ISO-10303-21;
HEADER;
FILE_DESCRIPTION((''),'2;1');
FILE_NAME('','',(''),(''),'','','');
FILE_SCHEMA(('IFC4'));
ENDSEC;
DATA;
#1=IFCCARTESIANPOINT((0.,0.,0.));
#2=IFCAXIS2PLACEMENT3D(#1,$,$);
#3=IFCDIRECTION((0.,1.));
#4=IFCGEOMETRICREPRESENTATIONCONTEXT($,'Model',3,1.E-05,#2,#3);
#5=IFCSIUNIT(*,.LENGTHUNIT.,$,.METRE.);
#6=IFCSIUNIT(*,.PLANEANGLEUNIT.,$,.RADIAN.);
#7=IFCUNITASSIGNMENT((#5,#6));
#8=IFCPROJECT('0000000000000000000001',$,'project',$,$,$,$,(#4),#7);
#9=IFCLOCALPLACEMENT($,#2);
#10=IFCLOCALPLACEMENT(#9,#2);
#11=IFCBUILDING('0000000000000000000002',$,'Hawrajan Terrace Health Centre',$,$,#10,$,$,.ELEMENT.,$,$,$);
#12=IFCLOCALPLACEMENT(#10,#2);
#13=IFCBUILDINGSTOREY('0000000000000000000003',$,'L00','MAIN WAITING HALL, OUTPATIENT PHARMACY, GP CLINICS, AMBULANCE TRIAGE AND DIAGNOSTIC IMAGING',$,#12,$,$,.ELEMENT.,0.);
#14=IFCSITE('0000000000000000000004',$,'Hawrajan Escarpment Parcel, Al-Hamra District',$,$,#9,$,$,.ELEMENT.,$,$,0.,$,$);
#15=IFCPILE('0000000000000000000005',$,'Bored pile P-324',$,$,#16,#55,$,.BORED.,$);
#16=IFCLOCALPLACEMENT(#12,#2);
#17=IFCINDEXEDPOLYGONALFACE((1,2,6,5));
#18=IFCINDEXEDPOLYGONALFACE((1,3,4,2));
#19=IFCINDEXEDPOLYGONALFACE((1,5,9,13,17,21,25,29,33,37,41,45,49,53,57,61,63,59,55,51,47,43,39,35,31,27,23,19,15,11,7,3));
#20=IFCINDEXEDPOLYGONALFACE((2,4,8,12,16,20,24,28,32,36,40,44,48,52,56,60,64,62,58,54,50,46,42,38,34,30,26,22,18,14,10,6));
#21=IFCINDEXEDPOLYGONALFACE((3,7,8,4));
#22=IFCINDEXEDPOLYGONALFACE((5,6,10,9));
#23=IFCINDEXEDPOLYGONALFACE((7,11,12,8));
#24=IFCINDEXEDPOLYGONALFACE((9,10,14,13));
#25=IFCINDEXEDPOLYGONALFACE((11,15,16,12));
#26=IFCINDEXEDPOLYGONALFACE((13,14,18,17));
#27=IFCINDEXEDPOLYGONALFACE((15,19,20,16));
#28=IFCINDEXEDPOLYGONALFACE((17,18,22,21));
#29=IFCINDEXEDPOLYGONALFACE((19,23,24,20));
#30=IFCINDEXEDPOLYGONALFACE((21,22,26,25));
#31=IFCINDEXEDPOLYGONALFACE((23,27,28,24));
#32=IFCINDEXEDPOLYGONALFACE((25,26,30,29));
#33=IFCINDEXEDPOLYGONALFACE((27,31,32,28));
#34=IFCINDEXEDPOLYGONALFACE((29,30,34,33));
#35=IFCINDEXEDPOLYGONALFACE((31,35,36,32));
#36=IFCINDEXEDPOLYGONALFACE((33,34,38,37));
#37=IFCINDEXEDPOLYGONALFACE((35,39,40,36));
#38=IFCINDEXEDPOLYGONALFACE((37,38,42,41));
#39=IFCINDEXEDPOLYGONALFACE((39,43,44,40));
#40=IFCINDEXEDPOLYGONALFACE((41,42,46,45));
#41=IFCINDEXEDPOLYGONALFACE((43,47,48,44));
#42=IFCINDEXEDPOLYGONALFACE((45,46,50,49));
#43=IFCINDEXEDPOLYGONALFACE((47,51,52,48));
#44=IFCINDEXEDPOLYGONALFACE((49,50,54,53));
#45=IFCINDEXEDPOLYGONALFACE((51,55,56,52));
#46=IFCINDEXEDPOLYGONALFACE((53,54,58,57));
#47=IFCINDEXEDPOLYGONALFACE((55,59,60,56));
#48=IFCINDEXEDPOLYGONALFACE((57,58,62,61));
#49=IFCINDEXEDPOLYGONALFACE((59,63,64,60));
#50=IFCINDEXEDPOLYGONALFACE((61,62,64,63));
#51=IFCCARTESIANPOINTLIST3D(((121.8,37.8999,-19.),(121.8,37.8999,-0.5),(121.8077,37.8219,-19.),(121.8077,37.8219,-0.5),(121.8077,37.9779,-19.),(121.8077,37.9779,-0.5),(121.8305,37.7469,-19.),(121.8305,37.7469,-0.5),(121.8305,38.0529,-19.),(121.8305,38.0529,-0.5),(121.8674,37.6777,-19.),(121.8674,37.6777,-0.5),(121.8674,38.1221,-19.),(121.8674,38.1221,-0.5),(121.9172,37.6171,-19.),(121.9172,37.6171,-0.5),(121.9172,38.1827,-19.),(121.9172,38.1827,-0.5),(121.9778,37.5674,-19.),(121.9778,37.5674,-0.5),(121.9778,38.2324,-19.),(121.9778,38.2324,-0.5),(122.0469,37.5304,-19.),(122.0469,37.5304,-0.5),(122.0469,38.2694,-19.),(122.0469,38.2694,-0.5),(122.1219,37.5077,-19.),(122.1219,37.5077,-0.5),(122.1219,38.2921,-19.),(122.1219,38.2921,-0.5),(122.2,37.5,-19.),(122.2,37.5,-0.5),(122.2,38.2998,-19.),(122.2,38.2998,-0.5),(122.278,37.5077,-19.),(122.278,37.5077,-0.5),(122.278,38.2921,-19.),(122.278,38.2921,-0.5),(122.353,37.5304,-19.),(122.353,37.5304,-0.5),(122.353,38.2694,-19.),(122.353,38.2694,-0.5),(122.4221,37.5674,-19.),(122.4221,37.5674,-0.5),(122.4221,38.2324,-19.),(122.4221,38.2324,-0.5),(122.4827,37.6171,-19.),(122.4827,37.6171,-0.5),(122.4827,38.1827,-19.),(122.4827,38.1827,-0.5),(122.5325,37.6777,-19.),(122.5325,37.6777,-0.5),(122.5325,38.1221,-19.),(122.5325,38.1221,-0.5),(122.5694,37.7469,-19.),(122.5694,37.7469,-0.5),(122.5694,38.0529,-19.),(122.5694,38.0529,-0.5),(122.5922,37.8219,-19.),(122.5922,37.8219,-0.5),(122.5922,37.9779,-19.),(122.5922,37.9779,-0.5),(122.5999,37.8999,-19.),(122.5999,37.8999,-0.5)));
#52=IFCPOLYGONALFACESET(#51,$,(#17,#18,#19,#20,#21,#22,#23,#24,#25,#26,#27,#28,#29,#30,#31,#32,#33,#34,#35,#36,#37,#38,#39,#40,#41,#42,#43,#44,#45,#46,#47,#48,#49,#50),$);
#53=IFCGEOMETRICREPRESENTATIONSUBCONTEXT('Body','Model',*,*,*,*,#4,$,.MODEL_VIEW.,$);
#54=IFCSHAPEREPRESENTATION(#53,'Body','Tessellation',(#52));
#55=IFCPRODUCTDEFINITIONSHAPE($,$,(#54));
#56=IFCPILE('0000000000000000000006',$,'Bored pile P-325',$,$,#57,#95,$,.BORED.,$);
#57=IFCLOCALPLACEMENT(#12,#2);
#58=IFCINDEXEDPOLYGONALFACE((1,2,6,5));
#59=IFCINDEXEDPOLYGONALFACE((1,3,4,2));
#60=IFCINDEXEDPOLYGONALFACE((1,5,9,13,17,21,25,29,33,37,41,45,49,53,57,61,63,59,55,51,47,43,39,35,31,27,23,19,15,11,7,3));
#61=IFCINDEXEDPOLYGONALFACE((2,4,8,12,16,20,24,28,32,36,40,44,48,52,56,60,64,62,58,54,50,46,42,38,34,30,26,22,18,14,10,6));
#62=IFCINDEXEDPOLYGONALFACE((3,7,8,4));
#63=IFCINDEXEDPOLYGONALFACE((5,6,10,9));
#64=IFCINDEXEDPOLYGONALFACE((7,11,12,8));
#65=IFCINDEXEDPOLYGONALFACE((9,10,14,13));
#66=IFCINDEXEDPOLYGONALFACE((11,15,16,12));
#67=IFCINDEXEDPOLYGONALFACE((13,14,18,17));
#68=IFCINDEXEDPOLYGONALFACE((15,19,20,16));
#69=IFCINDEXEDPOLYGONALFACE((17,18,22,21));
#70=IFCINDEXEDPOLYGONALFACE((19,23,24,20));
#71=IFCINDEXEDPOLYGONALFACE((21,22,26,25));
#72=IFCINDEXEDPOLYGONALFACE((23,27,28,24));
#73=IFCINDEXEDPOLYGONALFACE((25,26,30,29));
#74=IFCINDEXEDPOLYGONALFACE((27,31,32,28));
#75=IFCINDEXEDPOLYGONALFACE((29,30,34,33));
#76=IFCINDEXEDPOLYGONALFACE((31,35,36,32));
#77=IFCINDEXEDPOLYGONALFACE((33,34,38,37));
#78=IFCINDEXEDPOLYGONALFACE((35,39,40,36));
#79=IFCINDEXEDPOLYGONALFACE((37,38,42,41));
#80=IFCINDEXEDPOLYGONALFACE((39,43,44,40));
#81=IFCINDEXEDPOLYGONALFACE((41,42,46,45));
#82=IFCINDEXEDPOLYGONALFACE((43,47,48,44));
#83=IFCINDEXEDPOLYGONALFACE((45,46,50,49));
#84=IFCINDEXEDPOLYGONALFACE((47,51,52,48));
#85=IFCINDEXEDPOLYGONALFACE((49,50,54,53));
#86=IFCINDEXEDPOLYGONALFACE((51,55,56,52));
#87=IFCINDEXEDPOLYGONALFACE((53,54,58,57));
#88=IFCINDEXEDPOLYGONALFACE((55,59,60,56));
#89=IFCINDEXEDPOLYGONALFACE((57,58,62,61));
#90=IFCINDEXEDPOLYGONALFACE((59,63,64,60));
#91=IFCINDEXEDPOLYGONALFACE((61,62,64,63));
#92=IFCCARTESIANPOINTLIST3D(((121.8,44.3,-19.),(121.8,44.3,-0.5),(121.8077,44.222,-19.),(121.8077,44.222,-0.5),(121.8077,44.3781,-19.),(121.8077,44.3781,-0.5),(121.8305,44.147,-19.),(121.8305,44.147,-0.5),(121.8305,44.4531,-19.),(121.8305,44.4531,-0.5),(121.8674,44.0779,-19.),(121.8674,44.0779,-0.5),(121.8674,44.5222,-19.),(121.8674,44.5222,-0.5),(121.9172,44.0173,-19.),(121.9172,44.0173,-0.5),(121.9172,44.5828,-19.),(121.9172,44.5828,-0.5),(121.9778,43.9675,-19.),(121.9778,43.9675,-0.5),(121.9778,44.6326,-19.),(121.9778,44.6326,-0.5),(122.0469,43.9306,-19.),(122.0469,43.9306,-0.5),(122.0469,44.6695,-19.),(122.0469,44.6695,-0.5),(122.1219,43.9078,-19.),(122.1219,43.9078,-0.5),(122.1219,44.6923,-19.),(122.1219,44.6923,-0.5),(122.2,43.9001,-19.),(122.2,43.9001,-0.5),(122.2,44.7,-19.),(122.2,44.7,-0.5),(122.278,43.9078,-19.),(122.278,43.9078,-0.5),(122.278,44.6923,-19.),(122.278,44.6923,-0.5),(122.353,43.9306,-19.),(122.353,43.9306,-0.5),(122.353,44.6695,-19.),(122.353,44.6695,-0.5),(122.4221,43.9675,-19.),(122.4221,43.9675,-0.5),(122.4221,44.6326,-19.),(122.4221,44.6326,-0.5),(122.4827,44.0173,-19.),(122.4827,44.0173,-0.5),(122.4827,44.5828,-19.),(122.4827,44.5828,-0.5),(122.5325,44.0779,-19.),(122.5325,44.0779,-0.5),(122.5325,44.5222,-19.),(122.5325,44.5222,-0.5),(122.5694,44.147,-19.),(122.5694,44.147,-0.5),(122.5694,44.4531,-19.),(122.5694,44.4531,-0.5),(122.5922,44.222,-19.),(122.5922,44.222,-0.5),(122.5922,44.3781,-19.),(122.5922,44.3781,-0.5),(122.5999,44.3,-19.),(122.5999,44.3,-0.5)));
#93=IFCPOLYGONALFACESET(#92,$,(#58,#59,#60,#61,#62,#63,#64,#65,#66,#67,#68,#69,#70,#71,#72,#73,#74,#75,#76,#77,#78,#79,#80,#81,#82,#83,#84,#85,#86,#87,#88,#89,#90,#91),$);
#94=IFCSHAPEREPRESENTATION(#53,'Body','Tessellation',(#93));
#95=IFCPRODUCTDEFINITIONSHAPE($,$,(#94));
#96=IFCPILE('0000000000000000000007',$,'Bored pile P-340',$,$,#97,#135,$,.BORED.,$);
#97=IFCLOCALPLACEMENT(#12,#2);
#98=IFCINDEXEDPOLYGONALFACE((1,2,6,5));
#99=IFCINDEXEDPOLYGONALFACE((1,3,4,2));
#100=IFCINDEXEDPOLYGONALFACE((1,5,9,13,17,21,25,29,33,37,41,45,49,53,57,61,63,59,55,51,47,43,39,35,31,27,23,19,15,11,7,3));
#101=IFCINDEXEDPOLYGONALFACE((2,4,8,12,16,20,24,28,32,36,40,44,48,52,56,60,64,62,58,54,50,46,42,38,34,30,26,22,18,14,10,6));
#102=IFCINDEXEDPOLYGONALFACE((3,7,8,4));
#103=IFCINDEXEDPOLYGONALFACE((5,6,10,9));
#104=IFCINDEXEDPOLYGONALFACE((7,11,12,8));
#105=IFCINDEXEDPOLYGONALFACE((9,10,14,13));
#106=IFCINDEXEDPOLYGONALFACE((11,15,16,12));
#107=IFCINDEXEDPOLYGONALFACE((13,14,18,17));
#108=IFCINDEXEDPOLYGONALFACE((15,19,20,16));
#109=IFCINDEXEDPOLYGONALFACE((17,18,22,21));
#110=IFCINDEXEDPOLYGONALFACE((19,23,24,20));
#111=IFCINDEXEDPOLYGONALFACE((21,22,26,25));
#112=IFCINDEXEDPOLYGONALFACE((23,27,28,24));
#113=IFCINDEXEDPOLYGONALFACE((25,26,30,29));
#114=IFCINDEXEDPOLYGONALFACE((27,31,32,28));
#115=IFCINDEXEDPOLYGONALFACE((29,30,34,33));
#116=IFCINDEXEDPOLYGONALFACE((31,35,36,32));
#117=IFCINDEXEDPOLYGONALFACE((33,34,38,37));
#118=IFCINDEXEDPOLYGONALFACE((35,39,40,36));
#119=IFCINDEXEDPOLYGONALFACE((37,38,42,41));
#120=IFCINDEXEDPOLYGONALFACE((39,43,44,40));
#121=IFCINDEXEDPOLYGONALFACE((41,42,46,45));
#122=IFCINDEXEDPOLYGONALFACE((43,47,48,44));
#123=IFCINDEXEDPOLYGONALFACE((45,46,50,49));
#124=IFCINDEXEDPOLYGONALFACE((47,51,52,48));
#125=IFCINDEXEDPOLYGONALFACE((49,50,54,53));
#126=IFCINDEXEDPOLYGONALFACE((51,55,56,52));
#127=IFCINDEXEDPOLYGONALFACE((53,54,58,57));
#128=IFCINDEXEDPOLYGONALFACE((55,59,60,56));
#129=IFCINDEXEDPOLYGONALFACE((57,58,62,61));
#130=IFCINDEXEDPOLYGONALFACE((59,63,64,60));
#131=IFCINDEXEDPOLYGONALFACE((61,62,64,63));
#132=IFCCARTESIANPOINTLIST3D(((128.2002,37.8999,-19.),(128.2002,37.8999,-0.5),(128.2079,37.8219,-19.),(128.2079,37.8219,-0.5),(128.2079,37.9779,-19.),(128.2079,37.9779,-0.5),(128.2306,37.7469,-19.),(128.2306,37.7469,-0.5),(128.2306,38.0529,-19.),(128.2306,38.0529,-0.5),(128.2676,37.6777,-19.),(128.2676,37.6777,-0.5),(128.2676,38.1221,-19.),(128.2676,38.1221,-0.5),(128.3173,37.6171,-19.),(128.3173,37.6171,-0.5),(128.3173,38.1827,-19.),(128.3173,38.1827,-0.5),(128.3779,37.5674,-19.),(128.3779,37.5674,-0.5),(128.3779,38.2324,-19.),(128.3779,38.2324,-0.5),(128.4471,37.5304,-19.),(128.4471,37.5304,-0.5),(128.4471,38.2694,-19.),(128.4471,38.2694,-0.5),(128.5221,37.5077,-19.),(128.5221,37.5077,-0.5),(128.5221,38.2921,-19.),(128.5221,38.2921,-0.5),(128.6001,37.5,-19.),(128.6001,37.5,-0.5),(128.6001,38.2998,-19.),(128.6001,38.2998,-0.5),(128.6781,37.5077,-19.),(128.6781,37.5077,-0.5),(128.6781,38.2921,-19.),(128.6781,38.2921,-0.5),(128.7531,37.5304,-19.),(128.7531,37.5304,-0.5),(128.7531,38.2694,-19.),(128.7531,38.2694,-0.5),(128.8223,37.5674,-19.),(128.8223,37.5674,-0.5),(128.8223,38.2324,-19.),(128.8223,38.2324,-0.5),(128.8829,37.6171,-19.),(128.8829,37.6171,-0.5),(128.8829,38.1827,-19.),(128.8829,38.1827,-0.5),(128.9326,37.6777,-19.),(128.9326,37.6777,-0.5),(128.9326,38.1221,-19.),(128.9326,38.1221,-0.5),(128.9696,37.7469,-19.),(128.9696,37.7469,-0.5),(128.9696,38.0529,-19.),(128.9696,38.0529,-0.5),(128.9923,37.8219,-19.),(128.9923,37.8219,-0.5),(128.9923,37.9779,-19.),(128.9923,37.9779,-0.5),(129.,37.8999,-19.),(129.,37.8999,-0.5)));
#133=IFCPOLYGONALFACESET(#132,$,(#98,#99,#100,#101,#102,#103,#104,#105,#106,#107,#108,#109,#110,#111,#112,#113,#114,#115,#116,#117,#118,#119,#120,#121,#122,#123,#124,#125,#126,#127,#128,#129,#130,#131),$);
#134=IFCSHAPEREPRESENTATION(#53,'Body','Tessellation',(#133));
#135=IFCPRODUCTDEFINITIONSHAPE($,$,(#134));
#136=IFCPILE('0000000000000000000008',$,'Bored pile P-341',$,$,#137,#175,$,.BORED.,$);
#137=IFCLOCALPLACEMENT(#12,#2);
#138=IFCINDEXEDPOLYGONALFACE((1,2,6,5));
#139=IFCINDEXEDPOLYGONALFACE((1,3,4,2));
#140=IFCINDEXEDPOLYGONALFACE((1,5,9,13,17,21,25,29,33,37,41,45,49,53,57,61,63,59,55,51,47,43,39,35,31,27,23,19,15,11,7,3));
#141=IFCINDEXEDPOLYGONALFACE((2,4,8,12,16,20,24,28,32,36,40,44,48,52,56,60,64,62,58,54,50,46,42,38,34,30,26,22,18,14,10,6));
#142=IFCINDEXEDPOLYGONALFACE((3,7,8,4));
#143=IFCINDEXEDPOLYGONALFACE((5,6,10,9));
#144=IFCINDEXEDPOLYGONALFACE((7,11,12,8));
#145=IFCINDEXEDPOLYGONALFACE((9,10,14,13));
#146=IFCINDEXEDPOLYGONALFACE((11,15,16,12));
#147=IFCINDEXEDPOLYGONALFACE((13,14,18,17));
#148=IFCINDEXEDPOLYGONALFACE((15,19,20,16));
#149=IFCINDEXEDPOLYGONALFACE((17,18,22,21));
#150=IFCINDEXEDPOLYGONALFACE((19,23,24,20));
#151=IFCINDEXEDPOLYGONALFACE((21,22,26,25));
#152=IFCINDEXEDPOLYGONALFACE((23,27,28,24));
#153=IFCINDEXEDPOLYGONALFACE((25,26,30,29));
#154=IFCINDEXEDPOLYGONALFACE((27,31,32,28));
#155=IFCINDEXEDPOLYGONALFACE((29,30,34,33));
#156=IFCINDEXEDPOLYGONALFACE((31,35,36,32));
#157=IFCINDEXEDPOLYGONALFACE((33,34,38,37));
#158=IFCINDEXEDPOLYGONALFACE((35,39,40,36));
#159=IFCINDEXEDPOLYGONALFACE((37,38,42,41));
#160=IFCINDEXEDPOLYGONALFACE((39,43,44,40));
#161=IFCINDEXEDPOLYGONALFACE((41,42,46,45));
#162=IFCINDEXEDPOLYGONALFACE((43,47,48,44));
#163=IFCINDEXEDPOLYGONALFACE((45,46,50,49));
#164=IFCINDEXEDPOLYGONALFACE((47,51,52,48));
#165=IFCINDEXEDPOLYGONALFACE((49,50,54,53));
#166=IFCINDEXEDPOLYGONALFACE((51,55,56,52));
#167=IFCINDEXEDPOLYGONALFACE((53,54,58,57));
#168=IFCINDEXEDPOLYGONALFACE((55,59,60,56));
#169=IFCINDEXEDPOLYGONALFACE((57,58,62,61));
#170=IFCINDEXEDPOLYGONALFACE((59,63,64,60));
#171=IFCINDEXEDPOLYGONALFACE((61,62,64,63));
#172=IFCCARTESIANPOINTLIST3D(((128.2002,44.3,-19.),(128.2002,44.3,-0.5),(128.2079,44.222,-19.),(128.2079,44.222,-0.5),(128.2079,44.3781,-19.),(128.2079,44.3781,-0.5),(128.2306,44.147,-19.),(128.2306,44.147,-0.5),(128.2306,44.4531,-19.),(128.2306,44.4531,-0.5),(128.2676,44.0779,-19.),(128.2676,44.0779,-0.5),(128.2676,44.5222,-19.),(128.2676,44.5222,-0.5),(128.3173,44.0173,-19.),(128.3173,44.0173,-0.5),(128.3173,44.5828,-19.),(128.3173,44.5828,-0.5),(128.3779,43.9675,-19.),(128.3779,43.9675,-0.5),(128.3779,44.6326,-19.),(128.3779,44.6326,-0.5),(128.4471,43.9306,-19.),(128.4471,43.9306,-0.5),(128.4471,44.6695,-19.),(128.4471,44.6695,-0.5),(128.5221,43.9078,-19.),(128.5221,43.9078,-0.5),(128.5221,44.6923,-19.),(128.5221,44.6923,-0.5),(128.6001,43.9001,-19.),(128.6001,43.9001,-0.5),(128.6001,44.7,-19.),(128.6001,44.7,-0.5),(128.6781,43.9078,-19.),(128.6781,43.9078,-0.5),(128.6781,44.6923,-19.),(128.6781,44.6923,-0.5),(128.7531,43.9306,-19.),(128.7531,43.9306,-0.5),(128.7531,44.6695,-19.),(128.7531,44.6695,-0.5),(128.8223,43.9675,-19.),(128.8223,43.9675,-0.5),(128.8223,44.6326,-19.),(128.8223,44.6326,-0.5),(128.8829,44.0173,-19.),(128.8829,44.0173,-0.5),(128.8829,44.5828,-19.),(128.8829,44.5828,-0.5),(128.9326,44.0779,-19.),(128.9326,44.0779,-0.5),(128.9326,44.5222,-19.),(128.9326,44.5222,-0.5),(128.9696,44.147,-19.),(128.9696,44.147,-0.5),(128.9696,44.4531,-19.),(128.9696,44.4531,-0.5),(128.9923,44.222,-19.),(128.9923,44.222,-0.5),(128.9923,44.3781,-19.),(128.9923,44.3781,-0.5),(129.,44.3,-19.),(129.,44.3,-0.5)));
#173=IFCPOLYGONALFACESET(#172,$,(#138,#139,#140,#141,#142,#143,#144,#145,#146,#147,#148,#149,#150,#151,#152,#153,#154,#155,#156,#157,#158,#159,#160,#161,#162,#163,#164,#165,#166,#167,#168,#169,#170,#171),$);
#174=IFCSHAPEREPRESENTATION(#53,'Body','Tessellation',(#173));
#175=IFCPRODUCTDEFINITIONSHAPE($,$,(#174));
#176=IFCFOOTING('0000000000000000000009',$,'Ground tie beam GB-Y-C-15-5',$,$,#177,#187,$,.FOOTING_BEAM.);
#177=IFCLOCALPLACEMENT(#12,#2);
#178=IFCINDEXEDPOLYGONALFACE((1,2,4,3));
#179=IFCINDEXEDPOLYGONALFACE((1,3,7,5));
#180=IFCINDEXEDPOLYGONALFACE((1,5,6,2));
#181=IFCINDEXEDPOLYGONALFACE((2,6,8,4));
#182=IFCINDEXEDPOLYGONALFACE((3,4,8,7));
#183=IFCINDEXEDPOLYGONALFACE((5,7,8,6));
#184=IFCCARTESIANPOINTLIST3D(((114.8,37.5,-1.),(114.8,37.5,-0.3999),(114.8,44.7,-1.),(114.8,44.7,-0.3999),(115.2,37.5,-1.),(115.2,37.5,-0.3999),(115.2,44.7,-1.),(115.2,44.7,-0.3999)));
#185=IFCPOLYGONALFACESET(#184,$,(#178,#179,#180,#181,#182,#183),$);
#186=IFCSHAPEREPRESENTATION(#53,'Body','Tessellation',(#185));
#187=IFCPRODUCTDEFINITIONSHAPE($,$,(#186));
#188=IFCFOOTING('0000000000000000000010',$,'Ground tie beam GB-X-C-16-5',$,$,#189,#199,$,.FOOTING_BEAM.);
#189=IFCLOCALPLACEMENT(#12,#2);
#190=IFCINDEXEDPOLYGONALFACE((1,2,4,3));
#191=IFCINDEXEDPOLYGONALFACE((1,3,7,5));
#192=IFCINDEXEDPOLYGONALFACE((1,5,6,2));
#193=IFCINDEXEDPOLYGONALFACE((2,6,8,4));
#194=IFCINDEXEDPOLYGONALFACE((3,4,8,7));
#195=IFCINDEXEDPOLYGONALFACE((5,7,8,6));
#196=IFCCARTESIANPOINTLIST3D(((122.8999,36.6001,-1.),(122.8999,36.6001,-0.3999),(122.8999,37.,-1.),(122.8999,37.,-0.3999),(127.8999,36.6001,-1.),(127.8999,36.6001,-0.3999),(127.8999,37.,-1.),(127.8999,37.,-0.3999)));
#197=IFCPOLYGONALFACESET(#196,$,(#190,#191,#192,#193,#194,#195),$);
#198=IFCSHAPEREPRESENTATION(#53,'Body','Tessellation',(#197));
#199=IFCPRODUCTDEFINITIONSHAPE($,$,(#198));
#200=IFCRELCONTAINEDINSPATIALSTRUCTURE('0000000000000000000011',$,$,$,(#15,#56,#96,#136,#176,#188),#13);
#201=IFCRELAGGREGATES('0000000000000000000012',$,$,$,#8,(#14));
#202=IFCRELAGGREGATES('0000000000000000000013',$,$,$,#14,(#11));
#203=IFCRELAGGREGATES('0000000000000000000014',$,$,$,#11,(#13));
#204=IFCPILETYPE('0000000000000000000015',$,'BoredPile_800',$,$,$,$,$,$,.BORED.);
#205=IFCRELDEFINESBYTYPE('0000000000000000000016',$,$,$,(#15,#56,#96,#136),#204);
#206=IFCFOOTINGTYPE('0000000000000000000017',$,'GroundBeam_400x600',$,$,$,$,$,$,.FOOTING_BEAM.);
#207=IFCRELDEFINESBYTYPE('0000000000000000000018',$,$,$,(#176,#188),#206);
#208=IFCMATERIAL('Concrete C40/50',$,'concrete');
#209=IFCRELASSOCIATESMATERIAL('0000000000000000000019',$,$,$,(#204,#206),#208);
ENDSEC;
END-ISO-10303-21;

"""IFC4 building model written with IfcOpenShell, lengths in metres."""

from ifc_helpers import new_model, si_unit, direction, frame, origin, origin_2d, place, context, subcontext, project, spatial, rectangle, circle, extrude, material, material_profile, profile_set, type_object, element, save


model = new_model("IFC4")

# Units and contexts
model_context = context("Model", 3, precision=1e-05, world=origin(), true_north=direction((0.0, 1.0)))
body_context = subcontext(model_context, "Body", "Model", "MODEL_VIEW")
ifc_project = project(units=[si_unit("LENGTHUNIT", "METRE"), si_unit("PLANEANGLEUNIT", "RADIAN")], contexts=[model_context])

# Site, building, storey
site_placement = place(None, origin())
site = spatial("IfcSite", under=ifc_project, at=site_placement, Name="Hawrajan Escarpment Parcel, Al-Hamra District", CompositionType="ELEMENT", RefElevation=0.0)
building_placement = place(site_placement, origin())
building = spatial("IfcBuilding", under=site, at=building_placement, Name="Hawrajan Terrace Health Centre", CompositionType="ELEMENT")
storey_placement = place(building_placement, origin())
storey = spatial("IfcBuildingStorey", under=building, at=storey_placement, Name="L00", Description="MAIN WAITING HALL, OUTPATIENT PHARMACY, GP CLINICS, AMBULANCE TRIAGE AND DIAGNOSTIC IMAGING", CompositionType="ELEMENT", Elevation=0.0)

# Piles
ifc_material_1 = material(Name="Concrete C40/50", Category="concrete")
ifc_material_profile_1 = material_profile(ifc_material_1, circle(Radius=0.3999, at=origin_2d()), Name="BP 800")
ifc_profile_set_1 = profile_set([ifc_material_profile_1], Name="Concrete C40/50")
pile_type = type_object("IfcPileType", Name="BoredPile_800", PredefinedType="BORED", material=ifc_profile_set_1)
for number, where, z_axis, x_axis, name in (
    (1, (122.2, 37.8999, -0.5), (0.0, 0.0, -1.0), (1.0, 0.0, 0.0), "Bored pile P-324"),
    (2, (122.2, 44.3, -0.5), (0.0, 0.0, -1.0), (1.0, 0.0, 0.0), "Bored pile P-325"),
    (3, (128.6001, 37.8999, -0.5), (0.0, 0.0, -1.0), (1.0, 0.0, 0.0), "Bored pile P-340"),
    (4, (128.6001, 44.3, -0.5), (0.0, 0.0, -1.0), (1.0, 0.0, 0.0), "Bored pile P-341"),
):
    element("IfcPile", number, at=place(storey_placement, frame(where, z_axis=z_axis, x_axis=x_axis)), inside=storey, type_object=pile_type, Name=name, PredefinedType="BORED", context=body_context, shape_type="SweptSolid", body=[
        extrude(circle(Radius=0.3999, at=origin_2d()), origin(), (0.0, 0.0, 1.0), 18.5),
    ])

# Footings
ifc_material_profile_2 = material_profile(ifc_material_1, rectangle(XDim=0.3999, YDim=0.6001, at=origin_2d()), Name="RC BM 400x600")
ifc_profile_set_2 = profile_set([ifc_material_profile_2], Name="Concrete C40/50")
footing_type_1 = type_object("IfcFootingType", Name="GroundBeam_400x600", PredefinedType="FOOTING_BEAM", material=ifc_profile_set_2)
footing_1_placement = place(storey_placement, frame((115.0, 37.5, -0.7), z_axis=(0.0, 1.0, 0.0), x_axis=(-1.0, 0.0, 0.0)))
element("IfcFooting", 5, at=footing_1_placement, inside=storey, type_object=footing_type_1, Name="Ground tie beam GB-Y-C-15-5", PredefinedType="FOOTING_BEAM", context=body_context, shape_type="SweptSolid", body=[
    extrude(rectangle(XDim=0.3999, YDim=0.6001, at=origin_2d()), origin(), (0.0, 0.0, 1.0), 7.2),
])
footing_2_placement = place(storey_placement, frame((122.8999, 36.8, -0.7), z_axis=(1.0, 0.0, 0.0), x_axis=(0.0, 1.0, 0.0)))
element("IfcFooting", 6, at=footing_2_placement, inside=storey, type_object=footing_type_1, Name="Ground tie beam GB-X-C-16-5", PredefinedType="FOOTING_BEAM", context=body_context, shape_type="SweptSolid", body=[
    extrude(rectangle(XDim=0.3999, YDim=0.6001, at=origin_2d()), origin(), (0.0, 0.0, 1.0), 5.0),
])

save(model, "model.ifc")
